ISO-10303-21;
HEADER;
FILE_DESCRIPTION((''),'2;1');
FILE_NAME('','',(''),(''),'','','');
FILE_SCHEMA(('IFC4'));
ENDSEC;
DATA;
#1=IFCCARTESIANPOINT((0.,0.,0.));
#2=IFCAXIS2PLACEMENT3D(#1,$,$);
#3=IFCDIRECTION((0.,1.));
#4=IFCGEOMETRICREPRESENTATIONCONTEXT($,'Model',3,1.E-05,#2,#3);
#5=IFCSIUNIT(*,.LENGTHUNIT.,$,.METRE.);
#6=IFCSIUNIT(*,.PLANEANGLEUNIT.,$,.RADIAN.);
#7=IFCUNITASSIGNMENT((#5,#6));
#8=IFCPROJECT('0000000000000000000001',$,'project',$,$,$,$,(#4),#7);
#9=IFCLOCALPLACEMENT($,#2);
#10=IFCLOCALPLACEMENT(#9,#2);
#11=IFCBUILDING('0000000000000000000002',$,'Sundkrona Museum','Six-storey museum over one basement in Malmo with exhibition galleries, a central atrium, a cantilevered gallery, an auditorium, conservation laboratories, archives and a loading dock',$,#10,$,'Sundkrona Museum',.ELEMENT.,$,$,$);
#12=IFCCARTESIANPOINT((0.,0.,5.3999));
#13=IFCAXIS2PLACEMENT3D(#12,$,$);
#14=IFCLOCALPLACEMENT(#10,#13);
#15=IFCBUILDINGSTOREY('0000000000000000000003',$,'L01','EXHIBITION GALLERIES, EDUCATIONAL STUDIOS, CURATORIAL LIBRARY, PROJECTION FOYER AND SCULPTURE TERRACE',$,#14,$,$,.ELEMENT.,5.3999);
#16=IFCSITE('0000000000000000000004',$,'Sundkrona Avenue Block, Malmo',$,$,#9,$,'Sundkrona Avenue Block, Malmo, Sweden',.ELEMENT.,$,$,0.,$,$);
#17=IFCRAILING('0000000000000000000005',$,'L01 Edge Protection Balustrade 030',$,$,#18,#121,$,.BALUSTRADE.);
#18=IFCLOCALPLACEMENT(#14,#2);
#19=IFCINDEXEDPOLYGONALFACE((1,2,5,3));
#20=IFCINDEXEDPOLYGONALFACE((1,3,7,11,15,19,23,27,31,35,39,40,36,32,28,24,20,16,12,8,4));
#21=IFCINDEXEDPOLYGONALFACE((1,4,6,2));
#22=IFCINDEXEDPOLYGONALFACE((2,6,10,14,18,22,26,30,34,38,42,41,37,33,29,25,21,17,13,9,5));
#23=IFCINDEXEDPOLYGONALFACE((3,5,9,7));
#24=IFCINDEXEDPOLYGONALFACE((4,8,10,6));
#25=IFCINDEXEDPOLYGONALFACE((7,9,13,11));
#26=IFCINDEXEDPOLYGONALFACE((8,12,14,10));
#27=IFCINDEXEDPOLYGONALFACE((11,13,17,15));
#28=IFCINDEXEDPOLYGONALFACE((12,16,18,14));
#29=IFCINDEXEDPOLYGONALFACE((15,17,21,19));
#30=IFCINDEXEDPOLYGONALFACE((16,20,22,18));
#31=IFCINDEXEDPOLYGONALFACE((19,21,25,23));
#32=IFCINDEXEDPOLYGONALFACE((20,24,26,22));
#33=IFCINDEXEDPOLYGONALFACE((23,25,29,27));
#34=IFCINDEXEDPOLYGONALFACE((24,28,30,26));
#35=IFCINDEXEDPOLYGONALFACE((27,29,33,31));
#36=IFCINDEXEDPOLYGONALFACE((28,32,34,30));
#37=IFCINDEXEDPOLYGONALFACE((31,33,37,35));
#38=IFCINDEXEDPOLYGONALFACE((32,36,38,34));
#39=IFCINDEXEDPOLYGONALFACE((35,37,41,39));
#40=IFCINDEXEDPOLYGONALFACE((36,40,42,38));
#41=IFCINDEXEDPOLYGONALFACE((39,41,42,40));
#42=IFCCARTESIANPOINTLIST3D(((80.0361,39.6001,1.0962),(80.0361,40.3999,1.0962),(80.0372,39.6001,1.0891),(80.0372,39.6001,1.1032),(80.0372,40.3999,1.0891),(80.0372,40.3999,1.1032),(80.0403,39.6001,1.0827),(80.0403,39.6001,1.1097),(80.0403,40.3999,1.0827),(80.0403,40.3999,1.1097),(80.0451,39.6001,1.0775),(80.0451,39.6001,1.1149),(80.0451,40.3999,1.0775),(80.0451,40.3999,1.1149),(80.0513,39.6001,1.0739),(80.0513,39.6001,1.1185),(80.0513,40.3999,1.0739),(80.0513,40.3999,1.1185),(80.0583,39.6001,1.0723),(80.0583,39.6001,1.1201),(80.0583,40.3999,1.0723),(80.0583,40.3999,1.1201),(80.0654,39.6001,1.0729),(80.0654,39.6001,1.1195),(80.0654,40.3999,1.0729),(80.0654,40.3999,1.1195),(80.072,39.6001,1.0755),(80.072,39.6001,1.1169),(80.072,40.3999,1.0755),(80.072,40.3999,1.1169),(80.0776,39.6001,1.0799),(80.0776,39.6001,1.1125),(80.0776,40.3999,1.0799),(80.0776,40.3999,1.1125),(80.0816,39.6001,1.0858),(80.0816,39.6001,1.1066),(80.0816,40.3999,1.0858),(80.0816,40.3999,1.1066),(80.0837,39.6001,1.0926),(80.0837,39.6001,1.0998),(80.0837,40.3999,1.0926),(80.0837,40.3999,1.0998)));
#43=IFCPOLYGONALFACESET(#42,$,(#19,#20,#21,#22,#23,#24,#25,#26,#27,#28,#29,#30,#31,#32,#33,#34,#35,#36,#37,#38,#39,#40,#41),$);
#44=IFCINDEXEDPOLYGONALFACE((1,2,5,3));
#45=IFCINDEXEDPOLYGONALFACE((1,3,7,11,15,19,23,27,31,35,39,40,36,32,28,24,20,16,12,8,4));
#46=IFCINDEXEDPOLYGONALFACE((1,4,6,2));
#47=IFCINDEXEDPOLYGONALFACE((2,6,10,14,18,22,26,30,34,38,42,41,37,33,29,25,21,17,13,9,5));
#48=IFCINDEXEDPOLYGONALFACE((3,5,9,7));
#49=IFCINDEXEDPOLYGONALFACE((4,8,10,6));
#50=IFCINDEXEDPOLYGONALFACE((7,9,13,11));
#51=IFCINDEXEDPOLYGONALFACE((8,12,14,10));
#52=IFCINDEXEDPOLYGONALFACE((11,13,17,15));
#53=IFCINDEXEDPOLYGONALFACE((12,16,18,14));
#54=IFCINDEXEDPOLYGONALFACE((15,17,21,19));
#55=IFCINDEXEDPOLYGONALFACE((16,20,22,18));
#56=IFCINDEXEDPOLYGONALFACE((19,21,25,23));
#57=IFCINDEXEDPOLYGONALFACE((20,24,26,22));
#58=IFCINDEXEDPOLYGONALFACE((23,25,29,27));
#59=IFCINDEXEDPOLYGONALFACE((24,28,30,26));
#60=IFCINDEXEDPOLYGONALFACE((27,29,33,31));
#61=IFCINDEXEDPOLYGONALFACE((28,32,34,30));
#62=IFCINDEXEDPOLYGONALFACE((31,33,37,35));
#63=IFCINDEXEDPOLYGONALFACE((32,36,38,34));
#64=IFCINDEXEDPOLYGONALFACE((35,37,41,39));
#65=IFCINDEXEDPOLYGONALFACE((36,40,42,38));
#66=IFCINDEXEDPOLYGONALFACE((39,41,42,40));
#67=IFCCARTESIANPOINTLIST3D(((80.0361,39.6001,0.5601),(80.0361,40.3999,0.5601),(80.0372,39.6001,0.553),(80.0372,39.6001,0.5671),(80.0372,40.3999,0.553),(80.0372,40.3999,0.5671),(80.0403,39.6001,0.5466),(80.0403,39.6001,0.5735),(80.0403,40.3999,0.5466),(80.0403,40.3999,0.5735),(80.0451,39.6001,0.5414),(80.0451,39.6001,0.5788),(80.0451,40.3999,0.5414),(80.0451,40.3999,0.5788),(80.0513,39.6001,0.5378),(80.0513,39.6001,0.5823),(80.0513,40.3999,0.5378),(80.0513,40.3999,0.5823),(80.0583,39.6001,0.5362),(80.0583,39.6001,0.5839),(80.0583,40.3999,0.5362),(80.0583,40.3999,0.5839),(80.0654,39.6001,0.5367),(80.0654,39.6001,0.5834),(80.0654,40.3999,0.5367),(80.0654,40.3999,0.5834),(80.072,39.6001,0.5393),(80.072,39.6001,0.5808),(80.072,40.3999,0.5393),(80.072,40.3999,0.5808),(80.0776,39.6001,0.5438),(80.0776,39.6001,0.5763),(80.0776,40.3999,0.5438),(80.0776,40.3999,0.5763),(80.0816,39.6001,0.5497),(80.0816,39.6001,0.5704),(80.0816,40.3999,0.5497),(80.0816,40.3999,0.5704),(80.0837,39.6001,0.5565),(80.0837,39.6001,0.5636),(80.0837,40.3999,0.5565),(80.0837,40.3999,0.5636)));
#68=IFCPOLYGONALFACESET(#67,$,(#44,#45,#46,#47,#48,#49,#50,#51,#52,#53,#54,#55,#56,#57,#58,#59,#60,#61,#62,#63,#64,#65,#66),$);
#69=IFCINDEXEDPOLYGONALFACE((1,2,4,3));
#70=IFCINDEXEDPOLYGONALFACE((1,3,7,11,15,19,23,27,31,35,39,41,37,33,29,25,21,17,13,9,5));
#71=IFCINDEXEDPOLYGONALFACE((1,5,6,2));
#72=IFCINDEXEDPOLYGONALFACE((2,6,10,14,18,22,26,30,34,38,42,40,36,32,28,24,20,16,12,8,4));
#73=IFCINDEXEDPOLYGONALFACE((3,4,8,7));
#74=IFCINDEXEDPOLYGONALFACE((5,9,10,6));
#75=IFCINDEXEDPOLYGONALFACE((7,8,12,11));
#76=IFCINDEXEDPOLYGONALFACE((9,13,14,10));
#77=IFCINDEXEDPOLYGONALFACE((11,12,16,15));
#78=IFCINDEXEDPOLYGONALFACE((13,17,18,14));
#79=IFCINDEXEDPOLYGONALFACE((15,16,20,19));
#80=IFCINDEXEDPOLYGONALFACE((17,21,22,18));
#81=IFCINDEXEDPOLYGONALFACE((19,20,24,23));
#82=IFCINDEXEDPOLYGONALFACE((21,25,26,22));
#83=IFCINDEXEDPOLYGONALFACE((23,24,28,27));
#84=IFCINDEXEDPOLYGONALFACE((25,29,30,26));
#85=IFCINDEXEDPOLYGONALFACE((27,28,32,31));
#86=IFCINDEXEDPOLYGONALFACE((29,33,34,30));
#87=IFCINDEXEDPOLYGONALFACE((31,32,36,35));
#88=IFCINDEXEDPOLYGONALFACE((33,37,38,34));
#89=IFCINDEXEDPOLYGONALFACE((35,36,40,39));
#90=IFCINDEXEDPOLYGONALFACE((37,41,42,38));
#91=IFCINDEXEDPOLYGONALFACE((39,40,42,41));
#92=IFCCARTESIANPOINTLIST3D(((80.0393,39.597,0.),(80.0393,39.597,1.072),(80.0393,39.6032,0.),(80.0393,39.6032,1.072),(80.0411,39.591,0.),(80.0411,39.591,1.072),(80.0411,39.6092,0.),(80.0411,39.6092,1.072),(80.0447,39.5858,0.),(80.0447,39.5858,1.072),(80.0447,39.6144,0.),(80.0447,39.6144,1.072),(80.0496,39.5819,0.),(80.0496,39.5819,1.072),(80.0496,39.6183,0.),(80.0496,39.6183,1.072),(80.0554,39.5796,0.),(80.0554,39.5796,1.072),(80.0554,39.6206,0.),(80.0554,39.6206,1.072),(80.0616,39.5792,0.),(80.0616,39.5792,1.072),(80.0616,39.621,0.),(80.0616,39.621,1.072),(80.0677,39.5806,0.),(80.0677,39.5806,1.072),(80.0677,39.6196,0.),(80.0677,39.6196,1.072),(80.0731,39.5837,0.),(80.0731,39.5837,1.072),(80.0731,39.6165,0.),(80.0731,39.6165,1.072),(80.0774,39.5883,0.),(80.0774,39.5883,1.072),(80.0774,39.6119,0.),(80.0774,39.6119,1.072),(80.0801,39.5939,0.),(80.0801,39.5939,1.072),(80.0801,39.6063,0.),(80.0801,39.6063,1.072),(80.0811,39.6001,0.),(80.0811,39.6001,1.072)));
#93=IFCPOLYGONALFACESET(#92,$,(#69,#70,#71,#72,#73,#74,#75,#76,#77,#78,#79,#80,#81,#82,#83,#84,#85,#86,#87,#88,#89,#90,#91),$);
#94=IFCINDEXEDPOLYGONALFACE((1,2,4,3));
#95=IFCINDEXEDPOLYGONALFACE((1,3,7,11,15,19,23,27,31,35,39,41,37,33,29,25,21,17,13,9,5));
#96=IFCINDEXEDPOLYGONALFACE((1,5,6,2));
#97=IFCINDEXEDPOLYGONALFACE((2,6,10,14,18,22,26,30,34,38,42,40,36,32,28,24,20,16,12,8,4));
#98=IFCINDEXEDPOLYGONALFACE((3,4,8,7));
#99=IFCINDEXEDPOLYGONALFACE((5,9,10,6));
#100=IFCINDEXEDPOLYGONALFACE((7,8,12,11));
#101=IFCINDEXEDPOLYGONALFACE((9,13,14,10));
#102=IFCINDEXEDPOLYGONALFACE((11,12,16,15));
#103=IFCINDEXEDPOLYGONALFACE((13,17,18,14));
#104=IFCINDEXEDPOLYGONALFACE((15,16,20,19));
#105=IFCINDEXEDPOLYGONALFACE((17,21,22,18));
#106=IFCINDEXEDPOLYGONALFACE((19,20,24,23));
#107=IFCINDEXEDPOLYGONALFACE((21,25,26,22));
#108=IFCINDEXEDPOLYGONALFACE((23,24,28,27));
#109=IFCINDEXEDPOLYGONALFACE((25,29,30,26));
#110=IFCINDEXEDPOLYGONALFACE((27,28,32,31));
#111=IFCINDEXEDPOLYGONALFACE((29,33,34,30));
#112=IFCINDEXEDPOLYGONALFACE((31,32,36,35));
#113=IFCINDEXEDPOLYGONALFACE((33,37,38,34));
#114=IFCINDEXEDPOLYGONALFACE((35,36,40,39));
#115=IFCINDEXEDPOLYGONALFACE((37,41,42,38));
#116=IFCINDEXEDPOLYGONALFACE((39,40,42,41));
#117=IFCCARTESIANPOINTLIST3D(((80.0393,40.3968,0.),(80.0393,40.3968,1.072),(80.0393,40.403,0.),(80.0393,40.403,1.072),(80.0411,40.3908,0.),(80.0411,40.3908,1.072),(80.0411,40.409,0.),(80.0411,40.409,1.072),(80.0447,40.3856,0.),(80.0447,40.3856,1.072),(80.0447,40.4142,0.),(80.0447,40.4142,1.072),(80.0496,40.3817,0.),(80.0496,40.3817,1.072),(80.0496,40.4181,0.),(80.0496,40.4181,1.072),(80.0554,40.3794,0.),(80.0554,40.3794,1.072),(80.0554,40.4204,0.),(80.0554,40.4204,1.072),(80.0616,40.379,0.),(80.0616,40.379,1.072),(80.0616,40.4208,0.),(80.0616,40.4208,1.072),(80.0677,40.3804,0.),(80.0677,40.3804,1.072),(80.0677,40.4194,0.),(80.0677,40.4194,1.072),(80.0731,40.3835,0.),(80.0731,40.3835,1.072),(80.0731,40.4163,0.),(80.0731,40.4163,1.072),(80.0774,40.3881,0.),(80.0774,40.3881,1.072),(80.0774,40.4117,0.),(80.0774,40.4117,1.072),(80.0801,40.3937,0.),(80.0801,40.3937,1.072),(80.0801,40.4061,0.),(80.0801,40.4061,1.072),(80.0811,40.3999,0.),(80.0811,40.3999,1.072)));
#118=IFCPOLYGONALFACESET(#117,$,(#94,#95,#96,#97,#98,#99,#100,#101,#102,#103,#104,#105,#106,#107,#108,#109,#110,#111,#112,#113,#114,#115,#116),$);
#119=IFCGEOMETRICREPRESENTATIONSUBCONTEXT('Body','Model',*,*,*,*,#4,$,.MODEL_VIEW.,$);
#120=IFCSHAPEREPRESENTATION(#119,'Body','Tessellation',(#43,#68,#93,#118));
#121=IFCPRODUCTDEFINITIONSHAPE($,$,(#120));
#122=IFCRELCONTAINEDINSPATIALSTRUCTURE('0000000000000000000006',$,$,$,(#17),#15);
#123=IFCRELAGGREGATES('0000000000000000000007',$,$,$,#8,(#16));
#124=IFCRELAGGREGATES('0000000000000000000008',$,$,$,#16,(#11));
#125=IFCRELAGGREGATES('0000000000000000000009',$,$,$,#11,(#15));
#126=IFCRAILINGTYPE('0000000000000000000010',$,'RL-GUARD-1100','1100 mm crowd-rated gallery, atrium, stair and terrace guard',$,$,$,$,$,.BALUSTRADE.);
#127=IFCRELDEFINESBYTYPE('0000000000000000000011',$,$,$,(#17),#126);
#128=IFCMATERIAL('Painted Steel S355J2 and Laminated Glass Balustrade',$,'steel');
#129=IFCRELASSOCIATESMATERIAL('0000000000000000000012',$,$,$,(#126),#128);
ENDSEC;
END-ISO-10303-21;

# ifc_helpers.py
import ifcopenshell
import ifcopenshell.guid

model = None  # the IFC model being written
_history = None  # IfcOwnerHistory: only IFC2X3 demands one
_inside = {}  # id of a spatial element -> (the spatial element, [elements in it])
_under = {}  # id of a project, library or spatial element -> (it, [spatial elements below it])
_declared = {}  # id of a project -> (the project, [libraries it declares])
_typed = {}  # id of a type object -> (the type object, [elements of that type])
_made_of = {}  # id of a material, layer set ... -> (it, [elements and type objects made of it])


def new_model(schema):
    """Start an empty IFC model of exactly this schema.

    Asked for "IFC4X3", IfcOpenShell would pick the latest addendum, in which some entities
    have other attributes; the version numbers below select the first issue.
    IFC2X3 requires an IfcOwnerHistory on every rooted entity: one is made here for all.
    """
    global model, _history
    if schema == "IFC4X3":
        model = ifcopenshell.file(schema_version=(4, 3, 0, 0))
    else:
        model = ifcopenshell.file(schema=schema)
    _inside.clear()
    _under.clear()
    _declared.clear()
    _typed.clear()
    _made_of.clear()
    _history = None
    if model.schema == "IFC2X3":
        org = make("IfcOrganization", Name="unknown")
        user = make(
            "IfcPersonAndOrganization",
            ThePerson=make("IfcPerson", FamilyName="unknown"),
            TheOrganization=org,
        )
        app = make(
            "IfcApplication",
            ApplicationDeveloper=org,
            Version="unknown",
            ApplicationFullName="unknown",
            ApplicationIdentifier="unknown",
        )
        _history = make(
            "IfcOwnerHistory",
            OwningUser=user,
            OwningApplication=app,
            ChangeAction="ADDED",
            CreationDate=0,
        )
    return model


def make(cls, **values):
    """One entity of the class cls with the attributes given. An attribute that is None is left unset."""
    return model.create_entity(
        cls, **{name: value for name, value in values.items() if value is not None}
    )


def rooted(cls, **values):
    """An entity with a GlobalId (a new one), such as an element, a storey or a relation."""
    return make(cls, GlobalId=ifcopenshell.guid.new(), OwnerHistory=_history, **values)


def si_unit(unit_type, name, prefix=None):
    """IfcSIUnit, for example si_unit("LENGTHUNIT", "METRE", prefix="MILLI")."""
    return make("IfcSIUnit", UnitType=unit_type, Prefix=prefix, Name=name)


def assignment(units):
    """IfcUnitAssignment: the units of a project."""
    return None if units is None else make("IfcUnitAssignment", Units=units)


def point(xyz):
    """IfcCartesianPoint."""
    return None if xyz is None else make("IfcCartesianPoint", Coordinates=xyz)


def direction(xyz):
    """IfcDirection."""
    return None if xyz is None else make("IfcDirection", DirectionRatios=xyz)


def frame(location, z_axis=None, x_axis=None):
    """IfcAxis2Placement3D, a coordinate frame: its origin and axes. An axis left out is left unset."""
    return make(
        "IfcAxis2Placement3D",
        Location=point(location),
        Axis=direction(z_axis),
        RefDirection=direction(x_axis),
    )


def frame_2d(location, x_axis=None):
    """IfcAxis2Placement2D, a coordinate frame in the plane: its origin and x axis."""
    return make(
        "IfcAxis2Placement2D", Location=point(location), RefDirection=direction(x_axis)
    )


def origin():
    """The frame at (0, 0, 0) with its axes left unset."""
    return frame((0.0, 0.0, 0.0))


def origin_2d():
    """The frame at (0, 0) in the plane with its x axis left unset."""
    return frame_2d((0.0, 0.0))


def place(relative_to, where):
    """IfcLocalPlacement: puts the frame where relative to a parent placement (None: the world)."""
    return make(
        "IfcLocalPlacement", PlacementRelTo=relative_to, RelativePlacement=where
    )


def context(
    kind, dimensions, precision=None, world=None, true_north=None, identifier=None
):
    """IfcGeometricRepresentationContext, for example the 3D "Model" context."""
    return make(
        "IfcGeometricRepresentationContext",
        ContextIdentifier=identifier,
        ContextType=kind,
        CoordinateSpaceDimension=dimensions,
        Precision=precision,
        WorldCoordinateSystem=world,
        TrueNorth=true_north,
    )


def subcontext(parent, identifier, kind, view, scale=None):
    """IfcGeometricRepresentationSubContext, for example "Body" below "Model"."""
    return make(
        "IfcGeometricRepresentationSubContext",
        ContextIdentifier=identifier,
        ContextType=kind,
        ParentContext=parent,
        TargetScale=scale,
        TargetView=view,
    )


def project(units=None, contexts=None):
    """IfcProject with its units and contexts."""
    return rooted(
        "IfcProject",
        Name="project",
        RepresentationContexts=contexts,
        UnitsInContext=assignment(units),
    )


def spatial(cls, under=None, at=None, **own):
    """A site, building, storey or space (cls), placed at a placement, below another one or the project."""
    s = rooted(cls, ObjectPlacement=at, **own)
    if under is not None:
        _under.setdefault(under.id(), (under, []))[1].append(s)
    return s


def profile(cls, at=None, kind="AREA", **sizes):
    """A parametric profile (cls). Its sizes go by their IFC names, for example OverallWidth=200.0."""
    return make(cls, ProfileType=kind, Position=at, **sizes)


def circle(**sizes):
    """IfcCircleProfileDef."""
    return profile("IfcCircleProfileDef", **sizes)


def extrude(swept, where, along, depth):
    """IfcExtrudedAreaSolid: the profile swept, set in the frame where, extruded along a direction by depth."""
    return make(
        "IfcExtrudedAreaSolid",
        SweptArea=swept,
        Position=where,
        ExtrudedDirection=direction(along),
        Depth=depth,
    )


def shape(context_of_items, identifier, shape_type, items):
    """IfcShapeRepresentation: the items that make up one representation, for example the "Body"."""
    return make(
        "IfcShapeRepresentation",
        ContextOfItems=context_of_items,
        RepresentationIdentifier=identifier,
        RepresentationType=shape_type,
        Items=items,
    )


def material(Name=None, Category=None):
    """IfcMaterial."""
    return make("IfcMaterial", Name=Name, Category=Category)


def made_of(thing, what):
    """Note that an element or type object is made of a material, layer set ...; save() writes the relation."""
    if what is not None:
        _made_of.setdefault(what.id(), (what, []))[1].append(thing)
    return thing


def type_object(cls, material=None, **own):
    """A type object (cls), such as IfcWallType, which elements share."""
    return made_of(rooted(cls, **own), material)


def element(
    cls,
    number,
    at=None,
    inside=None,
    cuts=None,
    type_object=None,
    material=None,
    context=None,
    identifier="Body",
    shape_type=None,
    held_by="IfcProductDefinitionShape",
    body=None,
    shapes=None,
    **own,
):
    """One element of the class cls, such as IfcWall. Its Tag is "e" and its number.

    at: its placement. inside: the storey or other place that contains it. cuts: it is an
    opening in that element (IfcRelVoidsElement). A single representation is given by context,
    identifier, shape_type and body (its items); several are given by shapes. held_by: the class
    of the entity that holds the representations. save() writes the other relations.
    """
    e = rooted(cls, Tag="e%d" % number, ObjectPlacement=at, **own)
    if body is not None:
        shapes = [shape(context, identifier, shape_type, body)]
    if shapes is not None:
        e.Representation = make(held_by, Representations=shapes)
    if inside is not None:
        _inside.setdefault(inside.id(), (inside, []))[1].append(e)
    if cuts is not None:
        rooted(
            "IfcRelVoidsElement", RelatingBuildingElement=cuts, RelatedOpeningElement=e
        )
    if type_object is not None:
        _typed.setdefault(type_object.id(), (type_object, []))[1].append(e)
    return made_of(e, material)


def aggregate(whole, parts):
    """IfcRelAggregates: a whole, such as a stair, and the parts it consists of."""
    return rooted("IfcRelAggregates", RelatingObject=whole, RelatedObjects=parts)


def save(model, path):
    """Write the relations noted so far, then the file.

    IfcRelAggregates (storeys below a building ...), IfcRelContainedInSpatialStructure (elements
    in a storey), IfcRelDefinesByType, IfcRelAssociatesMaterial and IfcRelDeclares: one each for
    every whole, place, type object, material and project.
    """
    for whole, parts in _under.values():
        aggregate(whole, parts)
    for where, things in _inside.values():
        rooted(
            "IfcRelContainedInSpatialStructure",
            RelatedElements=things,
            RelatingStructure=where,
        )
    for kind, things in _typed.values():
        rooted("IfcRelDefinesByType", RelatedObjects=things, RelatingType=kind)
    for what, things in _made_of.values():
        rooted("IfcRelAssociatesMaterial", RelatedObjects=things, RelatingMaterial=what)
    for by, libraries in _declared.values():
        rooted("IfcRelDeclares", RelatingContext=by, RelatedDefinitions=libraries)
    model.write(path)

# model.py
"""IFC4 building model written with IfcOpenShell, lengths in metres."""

from ifc_helpers import new_model, si_unit, direction, frame, origin, origin_2d, place, context, subcontext, project, spatial, circle, extrude, material, type_object, element, save


model = new_model("IFC4")

# Units and contexts
model_context = context("Model", 3, precision=1e-05, world=origin(), true_north=direction((0.0, 1.0)))
body_context = subcontext(model_context, "Body", "Model", "MODEL_VIEW")
ifc_project = project(units=[si_unit("LENGTHUNIT", "METRE"), si_unit("PLANEANGLEUNIT", "RADIAN")], contexts=[model_context])

# Site, building, storey
site_placement = place(None, origin())
site = spatial("IfcSite", under=ifc_project, at=site_placement, Name="Sundkrona Avenue Block, Malmo", LongName="Sundkrona Avenue Block, Malmo, Sweden", CompositionType="ELEMENT", RefElevation=0.0)
building_placement = place(site_placement, origin())
building = spatial("IfcBuilding", under=site, at=building_placement, Name="Sundkrona Museum", Description="Six-storey museum over one basement in Malmo with exhibition galleries, a central atrium, a cantilevered gallery, an auditorium, conservation laboratories, archives and a loading dock", LongName="Sundkrona Museum", CompositionType="ELEMENT")
storey_placement = place(building_placement, frame((0.0, 0.0, 5.3999)))
storey = spatial("IfcBuildingStorey", under=building, at=storey_placement, Name="L01", Description="EXHIBITION GALLERIES, EDUCATIONAL STUDIOS, CURATORIAL LIBRARY, PROJECTION FOYER AND SCULPTURE TERRACE", CompositionType="ELEMENT", Elevation=5.3999)

# Railing
ifc_material_1 = material(Name="Painted Steel S355J2 and Laminated Glass Balustrade", Category="steel")
railing_type = type_object("IfcRailingType", Name="RL-GUARD-1100", Description="1100 mm crowd-rated gallery, atrium, stair and terrace guard", PredefinedType="BALUSTRADE", material=ifc_material_1)
railing_1_placement = place(storey_placement, frame((80.0601, 39.6001, 0.0)))
element("IfcRailing", 1, at=railing_1_placement, inside=storey, type_object=railing_type, Name="L01 Edge Protection Balustrade 030", PredefinedType="BALUSTRADE", context=body_context, shape_type="SweptSolid", body=[
    extrude(circle(Radius=0.0239, at=origin_2d()), frame((0.0, 0.0, 1.0962), z_axis=(0.0, 1.0, 0.0), x_axis=(-1.0, 0.0, 0.0)), (0.0, 0.0, 1.0), 0.7998),
    extrude(circle(Radius=0.0239, at=origin_2d()), frame((0.0, 0.0, 0.5601), z_axis=(0.0, 1.0, 0.0), x_axis=(-1.0, 0.0, 0.0)), (0.0, 0.0, 1.0), 0.7998),
    extrude(circle(Radius=0.021, at=origin_2d()), origin(), (0.0, 0.0, 1.0), 1.072),
    extrude(circle(Radius=0.021, at=origin_2d()), frame((0.0, 0.7998, 0.0)), (0.0, 0.0, 1.0), 1.072),
])

save(model, "model.ifc")
